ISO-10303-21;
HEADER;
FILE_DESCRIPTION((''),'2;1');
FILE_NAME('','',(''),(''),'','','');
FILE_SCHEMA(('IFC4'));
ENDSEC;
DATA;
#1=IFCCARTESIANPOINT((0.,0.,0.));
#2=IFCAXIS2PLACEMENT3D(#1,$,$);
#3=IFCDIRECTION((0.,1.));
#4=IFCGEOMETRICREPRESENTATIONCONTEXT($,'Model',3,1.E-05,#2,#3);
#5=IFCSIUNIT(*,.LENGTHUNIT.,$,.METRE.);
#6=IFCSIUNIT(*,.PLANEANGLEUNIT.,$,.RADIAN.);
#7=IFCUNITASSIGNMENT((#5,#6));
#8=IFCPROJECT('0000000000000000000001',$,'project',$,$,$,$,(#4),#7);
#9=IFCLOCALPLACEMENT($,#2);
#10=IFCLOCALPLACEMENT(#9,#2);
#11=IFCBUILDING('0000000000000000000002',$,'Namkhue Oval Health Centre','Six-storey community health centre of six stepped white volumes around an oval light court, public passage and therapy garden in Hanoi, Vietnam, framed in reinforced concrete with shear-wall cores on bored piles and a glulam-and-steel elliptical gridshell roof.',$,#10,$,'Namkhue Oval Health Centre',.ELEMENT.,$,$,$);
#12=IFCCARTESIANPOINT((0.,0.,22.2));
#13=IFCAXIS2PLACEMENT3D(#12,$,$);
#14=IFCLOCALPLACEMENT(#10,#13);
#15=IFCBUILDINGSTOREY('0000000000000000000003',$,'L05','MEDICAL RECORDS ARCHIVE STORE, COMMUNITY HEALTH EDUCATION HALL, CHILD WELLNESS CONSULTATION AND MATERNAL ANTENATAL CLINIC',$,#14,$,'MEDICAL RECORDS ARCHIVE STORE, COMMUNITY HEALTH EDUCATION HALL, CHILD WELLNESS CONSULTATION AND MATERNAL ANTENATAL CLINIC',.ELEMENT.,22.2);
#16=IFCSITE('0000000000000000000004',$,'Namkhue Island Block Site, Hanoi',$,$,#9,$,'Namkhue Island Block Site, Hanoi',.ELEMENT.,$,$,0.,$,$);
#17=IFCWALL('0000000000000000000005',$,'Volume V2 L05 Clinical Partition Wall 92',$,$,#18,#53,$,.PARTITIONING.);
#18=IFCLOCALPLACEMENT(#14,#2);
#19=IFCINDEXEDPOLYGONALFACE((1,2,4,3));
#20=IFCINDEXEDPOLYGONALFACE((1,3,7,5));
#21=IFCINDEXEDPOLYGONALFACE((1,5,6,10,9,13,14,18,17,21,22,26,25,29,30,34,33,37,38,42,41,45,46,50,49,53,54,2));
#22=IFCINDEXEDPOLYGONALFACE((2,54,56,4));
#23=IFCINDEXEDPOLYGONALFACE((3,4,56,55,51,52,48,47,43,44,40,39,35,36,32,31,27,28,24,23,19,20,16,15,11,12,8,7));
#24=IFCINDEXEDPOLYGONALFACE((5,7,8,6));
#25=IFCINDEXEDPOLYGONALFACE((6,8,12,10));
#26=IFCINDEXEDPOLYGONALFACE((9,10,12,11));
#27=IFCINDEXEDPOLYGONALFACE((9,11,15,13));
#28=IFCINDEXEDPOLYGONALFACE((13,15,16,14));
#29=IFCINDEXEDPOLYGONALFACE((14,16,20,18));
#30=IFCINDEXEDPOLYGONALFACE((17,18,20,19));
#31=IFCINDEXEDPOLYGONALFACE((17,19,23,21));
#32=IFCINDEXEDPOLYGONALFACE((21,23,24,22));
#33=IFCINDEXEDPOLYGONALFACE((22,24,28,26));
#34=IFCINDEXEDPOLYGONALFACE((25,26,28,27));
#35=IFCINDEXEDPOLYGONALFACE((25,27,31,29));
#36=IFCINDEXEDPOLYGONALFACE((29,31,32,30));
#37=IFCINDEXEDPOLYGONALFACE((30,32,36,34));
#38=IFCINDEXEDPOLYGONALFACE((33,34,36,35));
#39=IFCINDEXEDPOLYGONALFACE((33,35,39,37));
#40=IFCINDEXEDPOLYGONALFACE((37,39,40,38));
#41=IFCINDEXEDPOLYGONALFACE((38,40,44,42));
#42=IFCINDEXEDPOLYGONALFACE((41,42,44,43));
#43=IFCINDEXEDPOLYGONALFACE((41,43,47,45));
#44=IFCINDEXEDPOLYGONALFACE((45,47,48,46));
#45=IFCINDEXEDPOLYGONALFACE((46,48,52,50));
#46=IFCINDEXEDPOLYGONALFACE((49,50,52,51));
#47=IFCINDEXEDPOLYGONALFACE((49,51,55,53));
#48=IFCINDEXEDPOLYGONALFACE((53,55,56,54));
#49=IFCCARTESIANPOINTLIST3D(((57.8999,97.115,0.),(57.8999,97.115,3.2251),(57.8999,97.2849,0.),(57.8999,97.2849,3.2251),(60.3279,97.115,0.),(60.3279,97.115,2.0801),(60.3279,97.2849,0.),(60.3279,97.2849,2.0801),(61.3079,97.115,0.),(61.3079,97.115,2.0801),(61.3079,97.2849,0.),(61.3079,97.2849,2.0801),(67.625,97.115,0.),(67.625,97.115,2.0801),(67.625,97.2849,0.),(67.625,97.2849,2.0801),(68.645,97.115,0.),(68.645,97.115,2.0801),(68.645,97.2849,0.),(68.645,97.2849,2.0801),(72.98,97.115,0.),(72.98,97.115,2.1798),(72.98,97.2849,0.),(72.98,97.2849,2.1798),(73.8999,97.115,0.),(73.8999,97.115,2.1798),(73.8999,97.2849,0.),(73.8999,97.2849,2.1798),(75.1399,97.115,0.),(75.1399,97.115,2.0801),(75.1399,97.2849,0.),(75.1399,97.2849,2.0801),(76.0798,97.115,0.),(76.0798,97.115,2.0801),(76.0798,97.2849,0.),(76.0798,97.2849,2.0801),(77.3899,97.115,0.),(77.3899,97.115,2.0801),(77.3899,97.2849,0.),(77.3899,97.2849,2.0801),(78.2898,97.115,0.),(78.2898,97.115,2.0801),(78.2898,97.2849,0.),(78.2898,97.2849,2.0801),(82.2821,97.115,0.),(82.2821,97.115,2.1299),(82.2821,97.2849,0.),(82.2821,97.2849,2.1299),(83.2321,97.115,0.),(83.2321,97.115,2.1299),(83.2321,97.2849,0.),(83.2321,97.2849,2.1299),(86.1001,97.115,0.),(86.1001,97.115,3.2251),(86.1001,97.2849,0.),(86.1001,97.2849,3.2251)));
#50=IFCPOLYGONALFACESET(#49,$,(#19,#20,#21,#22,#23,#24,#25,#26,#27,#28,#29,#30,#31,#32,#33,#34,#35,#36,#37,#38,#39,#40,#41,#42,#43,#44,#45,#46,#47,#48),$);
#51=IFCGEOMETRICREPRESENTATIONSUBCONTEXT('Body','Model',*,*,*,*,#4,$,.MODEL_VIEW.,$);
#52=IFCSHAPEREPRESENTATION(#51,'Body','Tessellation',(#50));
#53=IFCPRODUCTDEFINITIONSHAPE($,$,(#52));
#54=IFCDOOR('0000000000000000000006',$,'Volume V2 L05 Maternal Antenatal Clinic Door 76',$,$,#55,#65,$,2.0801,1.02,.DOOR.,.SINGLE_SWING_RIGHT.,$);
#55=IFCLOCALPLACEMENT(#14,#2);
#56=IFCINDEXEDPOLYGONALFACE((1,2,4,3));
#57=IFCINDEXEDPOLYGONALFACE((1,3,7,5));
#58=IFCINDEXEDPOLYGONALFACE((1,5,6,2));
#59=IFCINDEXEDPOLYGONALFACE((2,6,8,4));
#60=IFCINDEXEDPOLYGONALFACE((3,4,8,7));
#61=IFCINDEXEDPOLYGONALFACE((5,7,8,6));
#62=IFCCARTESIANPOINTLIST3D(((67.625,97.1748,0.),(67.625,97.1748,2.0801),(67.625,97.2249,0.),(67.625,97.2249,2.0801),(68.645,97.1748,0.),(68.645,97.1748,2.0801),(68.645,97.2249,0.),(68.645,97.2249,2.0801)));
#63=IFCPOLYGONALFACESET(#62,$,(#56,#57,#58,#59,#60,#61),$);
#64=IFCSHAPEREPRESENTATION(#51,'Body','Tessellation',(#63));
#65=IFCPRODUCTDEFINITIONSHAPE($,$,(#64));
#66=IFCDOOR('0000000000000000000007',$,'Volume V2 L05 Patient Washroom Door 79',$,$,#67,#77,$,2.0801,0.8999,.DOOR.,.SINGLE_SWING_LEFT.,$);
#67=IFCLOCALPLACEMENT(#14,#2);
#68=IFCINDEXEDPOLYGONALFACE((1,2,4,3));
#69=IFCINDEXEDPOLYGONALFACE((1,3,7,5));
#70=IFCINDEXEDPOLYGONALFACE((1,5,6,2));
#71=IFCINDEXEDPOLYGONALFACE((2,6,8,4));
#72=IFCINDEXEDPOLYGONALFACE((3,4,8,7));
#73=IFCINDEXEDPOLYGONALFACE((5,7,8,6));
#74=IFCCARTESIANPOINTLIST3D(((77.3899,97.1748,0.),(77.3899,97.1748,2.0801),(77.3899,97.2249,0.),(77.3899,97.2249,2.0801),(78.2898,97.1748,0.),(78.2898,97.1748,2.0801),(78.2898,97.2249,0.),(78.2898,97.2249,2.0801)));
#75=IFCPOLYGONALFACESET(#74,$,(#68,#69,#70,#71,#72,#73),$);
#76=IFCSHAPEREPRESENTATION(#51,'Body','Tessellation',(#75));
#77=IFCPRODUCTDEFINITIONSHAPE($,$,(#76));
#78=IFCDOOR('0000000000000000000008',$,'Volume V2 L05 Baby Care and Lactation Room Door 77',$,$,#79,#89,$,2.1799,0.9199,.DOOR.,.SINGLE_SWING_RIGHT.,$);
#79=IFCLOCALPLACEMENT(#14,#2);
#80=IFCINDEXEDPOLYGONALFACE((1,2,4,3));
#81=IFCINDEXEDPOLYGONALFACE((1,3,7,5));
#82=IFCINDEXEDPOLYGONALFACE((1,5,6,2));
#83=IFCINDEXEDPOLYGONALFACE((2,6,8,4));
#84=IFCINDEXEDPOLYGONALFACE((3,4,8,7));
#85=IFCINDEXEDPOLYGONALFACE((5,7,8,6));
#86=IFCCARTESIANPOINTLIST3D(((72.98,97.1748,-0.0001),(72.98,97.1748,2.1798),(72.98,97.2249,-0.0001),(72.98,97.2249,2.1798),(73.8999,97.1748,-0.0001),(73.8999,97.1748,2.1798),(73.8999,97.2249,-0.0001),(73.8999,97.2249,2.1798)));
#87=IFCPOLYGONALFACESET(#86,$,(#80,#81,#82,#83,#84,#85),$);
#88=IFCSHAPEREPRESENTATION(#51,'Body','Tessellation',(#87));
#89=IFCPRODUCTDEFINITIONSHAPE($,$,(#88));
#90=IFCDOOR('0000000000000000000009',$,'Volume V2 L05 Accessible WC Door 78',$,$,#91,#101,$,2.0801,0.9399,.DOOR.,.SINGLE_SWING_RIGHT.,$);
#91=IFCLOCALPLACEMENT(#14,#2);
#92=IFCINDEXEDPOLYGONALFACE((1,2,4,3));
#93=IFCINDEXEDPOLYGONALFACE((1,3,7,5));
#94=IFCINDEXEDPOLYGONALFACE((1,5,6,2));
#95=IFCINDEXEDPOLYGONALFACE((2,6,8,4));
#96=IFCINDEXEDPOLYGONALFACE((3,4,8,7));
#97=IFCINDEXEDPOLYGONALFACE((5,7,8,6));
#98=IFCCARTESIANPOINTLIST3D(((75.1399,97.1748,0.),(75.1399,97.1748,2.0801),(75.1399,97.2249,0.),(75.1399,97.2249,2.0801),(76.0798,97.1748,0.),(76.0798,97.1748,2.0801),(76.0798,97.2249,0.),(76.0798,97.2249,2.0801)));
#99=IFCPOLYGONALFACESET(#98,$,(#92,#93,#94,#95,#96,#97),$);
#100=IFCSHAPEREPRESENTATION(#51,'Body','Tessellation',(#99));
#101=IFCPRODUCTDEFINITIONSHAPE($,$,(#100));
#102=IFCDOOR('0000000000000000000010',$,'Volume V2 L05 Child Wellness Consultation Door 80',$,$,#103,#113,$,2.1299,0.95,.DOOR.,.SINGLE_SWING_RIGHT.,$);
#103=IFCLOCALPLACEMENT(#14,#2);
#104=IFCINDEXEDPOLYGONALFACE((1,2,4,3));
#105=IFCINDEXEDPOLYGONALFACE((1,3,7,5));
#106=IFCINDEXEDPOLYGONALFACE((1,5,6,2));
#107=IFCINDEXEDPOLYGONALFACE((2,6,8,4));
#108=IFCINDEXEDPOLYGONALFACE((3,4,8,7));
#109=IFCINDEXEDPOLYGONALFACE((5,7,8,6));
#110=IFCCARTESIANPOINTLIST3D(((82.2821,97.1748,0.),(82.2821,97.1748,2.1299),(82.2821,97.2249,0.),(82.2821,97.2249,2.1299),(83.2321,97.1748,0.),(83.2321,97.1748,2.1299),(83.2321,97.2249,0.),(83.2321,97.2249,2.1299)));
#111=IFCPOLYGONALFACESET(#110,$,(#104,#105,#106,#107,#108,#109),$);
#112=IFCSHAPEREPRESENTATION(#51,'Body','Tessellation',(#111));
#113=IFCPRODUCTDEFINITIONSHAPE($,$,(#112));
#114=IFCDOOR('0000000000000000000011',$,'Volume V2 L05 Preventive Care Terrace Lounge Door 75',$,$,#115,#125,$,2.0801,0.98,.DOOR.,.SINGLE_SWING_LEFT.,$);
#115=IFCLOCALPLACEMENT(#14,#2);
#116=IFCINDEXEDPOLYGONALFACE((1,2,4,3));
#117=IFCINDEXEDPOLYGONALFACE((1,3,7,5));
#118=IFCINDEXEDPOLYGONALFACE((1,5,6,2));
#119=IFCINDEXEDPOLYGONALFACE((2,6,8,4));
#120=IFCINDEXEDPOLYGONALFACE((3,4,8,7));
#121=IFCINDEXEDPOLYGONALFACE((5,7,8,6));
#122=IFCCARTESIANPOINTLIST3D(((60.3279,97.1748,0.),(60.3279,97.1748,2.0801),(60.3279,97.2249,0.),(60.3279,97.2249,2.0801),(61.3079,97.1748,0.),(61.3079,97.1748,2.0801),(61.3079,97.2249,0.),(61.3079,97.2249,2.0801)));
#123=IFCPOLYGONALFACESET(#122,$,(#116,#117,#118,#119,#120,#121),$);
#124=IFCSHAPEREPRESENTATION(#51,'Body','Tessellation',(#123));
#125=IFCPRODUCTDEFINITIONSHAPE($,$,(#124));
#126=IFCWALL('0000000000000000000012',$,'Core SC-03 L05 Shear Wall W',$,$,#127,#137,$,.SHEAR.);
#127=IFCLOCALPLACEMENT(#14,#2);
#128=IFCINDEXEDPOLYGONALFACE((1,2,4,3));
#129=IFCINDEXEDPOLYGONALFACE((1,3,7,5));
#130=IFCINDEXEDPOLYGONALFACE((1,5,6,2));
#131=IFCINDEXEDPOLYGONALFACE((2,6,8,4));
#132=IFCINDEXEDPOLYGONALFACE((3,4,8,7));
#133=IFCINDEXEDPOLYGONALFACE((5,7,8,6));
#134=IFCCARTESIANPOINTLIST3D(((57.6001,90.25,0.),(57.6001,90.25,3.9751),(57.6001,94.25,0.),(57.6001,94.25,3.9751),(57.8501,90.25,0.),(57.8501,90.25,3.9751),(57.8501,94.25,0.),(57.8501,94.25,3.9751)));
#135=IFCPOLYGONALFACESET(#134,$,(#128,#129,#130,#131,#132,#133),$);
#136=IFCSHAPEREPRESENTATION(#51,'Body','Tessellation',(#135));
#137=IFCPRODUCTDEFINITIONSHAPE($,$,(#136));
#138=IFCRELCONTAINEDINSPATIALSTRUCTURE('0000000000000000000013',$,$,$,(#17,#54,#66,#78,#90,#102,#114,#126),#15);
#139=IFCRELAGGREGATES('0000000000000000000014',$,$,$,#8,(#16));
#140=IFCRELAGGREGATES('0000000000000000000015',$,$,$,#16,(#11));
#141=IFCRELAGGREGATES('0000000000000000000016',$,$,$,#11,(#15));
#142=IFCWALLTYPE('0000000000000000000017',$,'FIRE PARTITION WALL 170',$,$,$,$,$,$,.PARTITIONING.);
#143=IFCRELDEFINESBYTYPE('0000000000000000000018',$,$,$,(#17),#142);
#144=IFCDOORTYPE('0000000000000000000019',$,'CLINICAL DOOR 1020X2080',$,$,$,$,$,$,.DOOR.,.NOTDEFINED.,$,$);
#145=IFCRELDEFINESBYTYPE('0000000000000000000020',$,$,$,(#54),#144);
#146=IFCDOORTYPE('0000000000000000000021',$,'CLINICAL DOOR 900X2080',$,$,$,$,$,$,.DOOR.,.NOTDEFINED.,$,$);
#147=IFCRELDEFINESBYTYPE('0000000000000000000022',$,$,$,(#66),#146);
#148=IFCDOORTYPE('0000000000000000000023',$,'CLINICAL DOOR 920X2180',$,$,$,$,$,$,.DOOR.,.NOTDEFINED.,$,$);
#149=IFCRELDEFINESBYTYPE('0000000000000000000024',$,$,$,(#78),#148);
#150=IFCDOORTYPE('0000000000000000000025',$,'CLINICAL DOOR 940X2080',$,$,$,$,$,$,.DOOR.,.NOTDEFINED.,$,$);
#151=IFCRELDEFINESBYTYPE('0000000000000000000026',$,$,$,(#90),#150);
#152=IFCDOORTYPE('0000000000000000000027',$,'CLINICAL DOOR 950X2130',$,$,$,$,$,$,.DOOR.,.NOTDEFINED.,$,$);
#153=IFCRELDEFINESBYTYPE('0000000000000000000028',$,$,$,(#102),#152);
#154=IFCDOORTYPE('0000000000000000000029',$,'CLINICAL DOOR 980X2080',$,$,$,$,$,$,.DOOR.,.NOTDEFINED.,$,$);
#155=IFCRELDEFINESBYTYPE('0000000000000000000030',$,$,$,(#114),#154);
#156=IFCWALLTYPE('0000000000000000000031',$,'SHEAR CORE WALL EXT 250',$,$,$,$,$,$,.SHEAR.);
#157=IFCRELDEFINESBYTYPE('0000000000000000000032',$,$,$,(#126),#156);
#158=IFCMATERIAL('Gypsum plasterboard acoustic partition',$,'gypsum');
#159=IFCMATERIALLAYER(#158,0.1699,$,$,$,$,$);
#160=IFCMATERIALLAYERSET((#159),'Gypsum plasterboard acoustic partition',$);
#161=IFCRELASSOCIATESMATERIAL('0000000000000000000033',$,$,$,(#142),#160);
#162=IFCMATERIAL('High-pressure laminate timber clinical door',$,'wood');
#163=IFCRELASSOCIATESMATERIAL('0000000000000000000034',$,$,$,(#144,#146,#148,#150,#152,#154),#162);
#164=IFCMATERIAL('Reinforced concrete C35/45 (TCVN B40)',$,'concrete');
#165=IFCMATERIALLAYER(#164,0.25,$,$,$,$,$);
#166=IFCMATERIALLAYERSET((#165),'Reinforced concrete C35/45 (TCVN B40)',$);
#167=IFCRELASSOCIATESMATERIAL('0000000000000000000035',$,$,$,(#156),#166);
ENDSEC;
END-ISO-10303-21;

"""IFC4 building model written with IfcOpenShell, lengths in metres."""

from ifc_helpers import new_model, si_unit, direction, frame, frame_2d, origin, place, context, subcontext, project, spatial, rectangle, extrude, material, layer, layer_set, type_object, element, fill, save


model = new_model("IFC4")

# Units and contexts
model_context = context("Model", 3, precision=1e-05, world=origin(), true_north=direction((0.0, 1.0)))
body_context = subcontext(model_context, "Body", "Model", "MODEL_VIEW")
ifc_project = project(units=[si_unit("LENGTHUNIT", "METRE"), si_unit("PLANEANGLEUNIT", "RADIAN")], contexts=[model_context])

# Site, building, storey
site_placement = place(None, origin())
site = spatial("IfcSite", under=ifc_project, at=site_placement, Name="Namkhue Island Block Site, Hanoi", LongName="Namkhue Island Block Site, Hanoi", CompositionType="ELEMENT", RefElevation=0.0)
building_placement = place(site_placement, origin())
building = spatial("IfcBuilding", under=site, at=building_placement, Name="Namkhue Oval Health Centre", Description="Six-storey community health centre of six stepped white volumes around an oval light court, public passage and therapy garden in Hanoi, Vietnam, framed in reinforced concrete with shear-wall cores on bored piles and a glulam-and-steel elliptical gridshell roof.", LongName="Namkhue Oval Health Centre", CompositionType="ELEMENT")
storey_placement = place(building_placement, frame((0.0, 0.0, 22.2)))
storey = spatial("IfcBuildingStorey", under=building, at=storey_placement, Name="L05", Description="MEDICAL RECORDS ARCHIVE STORE, COMMUNITY HEALTH EDUCATION HALL, CHILD WELLNESS CONSULTATION AND MATERNAL ANTENATAL CLINIC", LongName="MEDICAL RECORDS ARCHIVE STORE, COMMUNITY HEALTH EDUCATION HALL, CHILD WELLNESS CONSULTATION AND MATERNAL ANTENATAL CLINIC", CompositionType="ELEMENT", Elevation=22.2)

# Shared definitions
ifc_material_1 = material(Name="Reinforced concrete C35/45 (TCVN B40)", Category="concrete")

# Wall, openings, doors
ifc_material_2 = material(Name="Gypsum plasterboard acoustic partition", Category="gypsum")
ifc_layer_1 = layer(ifc_material_2, 0.1699)
ifc_layer_set_1 = layer_set([ifc_layer_1], Name="Gypsum plasterboard acoustic partition")
wall_type_1 = type_object("IfcWallType", Name="FIRE PARTITION WALL 170", PredefinedType="PARTITIONING", material=ifc_layer_set_1)
wall_1_placement = place(storey_placement, frame((57.8999, 97.2, 0.0), z_axis=(0.0, 0.0, 1.0), x_axis=(1.0, 0.0, 0.0)))
wall_1 = element("IfcWall", 1, at=wall_1_placement, inside=storey, type_object=wall_type_1, Name="Volume V2 L05 Clinical Partition Wall 92", PredefinedType="PARTITIONING", context=body_context, shape_type="SweptSolid", body=[
    extrude(rectangle(XDim=28.2002, YDim=0.1699, at=frame_2d((14.1001, 0.0))), origin(), (0.0, 0.0, 1.0), 3.2251),
])
opening_1_placement = place(wall_1_placement, frame((2.428, 0.0, 0.0)))
opening_1 = element("IfcOpeningElement", 2, at=opening_1_placement, cuts=wall_1, PredefinedType="OPENING", context=body_context, shape_type="SweptSolid", body=[
    extrude(rectangle(XDim=0.98, YDim=2.0801, at=frame_2d((0.49, 1.04))), frame((0.0, 0.095, 0.0), z_axis=(0.0, -1.0, 0.0), x_axis=(1.0, 0.0, 0.0)), (0.0, 0.0, 1.0), 0.1899),
])
opening_2_placement = place(wall_1_placement, frame((9.7251, 0.0, 0.0)))
opening_2 = element("IfcOpeningElement", 3, at=opening_2_placement, cuts=wall_1, PredefinedType="OPENING", context=body_context, shape_type="SweptSolid", body=[
    extrude(rectangle(XDim=1.02, YDim=2.0801, at=frame_2d((0.51, 1.04))), frame((0.0, 0.095, 0.0), z_axis=(0.0, -1.0, 0.0), x_axis=(1.0, 0.0, 0.0)), (0.0, 0.0, 1.0), 0.1899),
])
opening_3_placement = place(wall_1_placement, frame((15.0801, 0.0, 0.0)))
opening_3 = element("IfcOpeningElement", 4, at=opening_3_placement, cuts=wall_1, PredefinedType="OPENING", context=body_context, shape_type="SweptSolid", body=[
    extrude(rectangle(XDim=0.9199, YDim=2.1799, at=frame_2d((0.46, 1.0898))), frame((0.0, 0.095, 0.0), z_axis=(0.0, -1.0, 0.0), x_axis=(1.0, 0.0, 0.0)), (0.0, 0.0, 1.0), 0.1899),
])
opening_4_placement = place(wall_1_placement, frame((17.24, 0.0, 0.0)))
opening_4 = element("IfcOpeningElement", 5, at=opening_4_placement, cuts=wall_1, PredefinedType="OPENING", context=body_context, shape_type="SweptSolid", body=[
    extrude(rectangle(XDim=0.9399, YDim=2.0801, at=frame_2d((0.47, 1.04))), frame((0.0, 0.095, 0.0), z_axis=(0.0, -1.0, 0.0), x_axis=(1.0, 0.0, 0.0)), (0.0, 0.0, 1.0), 0.1899),
])
opening_5_placement = place(wall_1_placement, frame((19.49, 0.0, 0.0)))
opening_5 = element("IfcOpeningElement", 6, at=opening_5_placement, cuts=wall_1, PredefinedType="OPENING", context=body_context, shape_type="SweptSolid", body=[
    extrude(rectangle(XDim=0.8999, YDim=2.0801, at=frame_2d((0.45, 1.04))), frame((0.0, 0.095, 0.0), z_axis=(0.0, -1.0, 0.0), x_axis=(1.0, 0.0, 0.0)), (0.0, 0.0, 1.0), 0.1899),
])
opening_6_placement = place(wall_1_placement, frame((24.3821, 0.0, 0.0)))
opening_6 = element("IfcOpeningElement", 7, at=opening_6_placement, cuts=wall_1, PredefinedType="OPENING", context=body_context, shape_type="SweptSolid", body=[
    extrude(rectangle(XDim=0.95, YDim=2.1299, at=frame_2d((0.4751, 1.0649))), frame((0.0, 0.095, 0.0), z_axis=(0.0, -1.0, 0.0), x_axis=(1.0, 0.0, 0.0)), (0.0, 0.0, 1.0), 0.1899),
])
ifc_material_3 = material(Name="High-pressure laminate timber clinical door", Category="wood")
door_type_1 = type_object("IfcDoorType", Name="CLINICAL DOOR 1020X2080", OperationType="NOTDEFINED", PredefinedType="DOOR", material=ifc_material_3)
door_1_placement = place(opening_2_placement, origin())
door_1 = element("IfcDoor", 8, at=door_1_placement, inside=storey, type_object=door_type_1, Name="Volume V2 L05 Maternal Antenatal Clinic Door 76", OperationType="SINGLE_SWING_RIGHT", OverallHeight=2.0801, OverallWidth=1.02, PredefinedType="DOOR", context=body_context, shape_type="SweptSolid", body=[
    extrude(rectangle(XDim=1.02, YDim=2.0801, at=frame_2d((0.51, 1.04))), frame((0.0, 0.0249, 0.0), z_axis=(0.0, -1.0, 0.0), x_axis=(1.0, 0.0, 0.0)), (0.0, 0.0, 1.0), 0.05),
])
fill(opening_2, door_1)
door_type_2 = type_object("IfcDoorType", Name="CLINICAL DOOR 900X2080", OperationType="NOTDEFINED", PredefinedType="DOOR", material=ifc_material_3)
door_2_placement = place(opening_5_placement, origin())
door_2 = element("IfcDoor", 9, at=door_2_placement, inside=storey, type_object=door_type_2, Name="Volume V2 L05 Patient Washroom Door 79", OperationType="SINGLE_SWING_LEFT", OverallHeight=2.0801, OverallWidth=0.8999, PredefinedType="DOOR", context=body_context, shape_type="SweptSolid", body=[
    extrude(rectangle(XDim=0.8999, YDim=2.0801, at=frame_2d((0.45, 1.04))), frame((0.0, 0.0249, 0.0), z_axis=(0.0, -1.0, 0.0), x_axis=(1.0, 0.0, 0.0)), (0.0, 0.0, 1.0), 0.05),
])
fill(opening_5, door_2)
door_type_3 = type_object("IfcDoorType", Name="CLINICAL DOOR 920X2180", OperationType="NOTDEFINED", PredefinedType="DOOR", material=ifc_material_3)
door_3_placement = place(opening_3_placement, origin())
door_3 = element("IfcDoor", 10, at=door_3_placement, inside=storey, type_object=door_type_3, Name="Volume V2 L05 Baby Care and Lactation Room Door 77", OperationType="SINGLE_SWING_RIGHT", OverallHeight=2.1799, OverallWidth=0.9199, PredefinedType="DOOR", context=body_context, shape_type="SweptSolid", body=[
    extrude(rectangle(XDim=0.9199, YDim=2.1799, at=frame_2d((0.46, 1.0898))), frame((0.0, 0.0249, 0.0), z_axis=(0.0, -1.0, 0.0), x_axis=(1.0, 0.0, 0.0)), (0.0, 0.0, 1.0), 0.05),
])
fill(opening_3, door_3)
door_type_4 = type_object("IfcDoorType", Name="CLINICAL DOOR 940X2080", OperationType="NOTDEFINED", PredefinedType="DOOR", material=ifc_material_3)
door_4_placement = place(opening_4_placement, origin())
door_4 = element("IfcDoor", 11, at=door_4_placement, inside=storey, type_object=door_type_4, Name="Volume V2 L05 Accessible WC Door 78", OperationType="SINGLE_SWING_RIGHT", OverallHeight=2.0801, OverallWidth=0.9399, PredefinedType="DOOR", context=body_context, shape_type="SweptSolid", body=[
    extrude(rectangle(XDim=0.9399, YDim=2.0801, at=frame_2d((0.47, 1.04))), frame((0.0, 0.0249, 0.0), z_axis=(0.0, -1.0, 0.0), x_axis=(1.0, 0.0, 0.0)), (0.0, 0.0, 1.0), 0.05),
])
fill(opening_4, door_4)
door_type_5 = type_object("IfcDoorType", Name="CLINICAL DOOR 950X2130", OperationType="NOTDEFINED", PredefinedType="DOOR", material=ifc_material_3)
door_5_placement = place(opening_6_placement, origin())
door_5 = element("IfcDoor", 12, at=door_5_placement, inside=storey, type_object=door_type_5, Name="Volume V2 L05 Child Wellness Consultation Door 80", OperationType="SINGLE_SWING_RIGHT", OverallHeight=2.1299, OverallWidth=0.95, PredefinedType="DOOR", context=body_context, shape_type="SweptSolid", body=[
    extrude(rectangle(XDim=0.95, YDim=2.1299, at=frame_2d((0.4751, 1.0649))), frame((0.0, 0.0249, 0.0), z_axis=(0.0, -1.0, 0.0), x_axis=(1.0, 0.0, 0.0)), (0.0, 0.0, 1.0), 0.05),
])
fill(opening_6, door_5)
door_type_6 = type_object("IfcDoorType", Name="CLINICAL DOOR 980X2080", OperationType="NOTDEFINED", PredefinedType="DOOR", material=ifc_material_3)
door_6_placement = place(opening_1_placement, origin())
door_6 = element("IfcDoor", 13, at=door_6_placement, inside=storey, type_object=door_type_6, Name="Volume V2 L05 Preventive Care Terrace Lounge Door 75", OperationType="SINGLE_SWING_LEFT", OverallHeight=2.0801, OverallWidth=0.98, PredefinedType="DOOR", context=body_context, shape_type="SweptSolid", body=[
    extrude(rectangle(XDim=0.98, YDim=2.0801, at=frame_2d((0.49, 1.04))), frame((0.0, 0.0249, 0.0), z_axis=(0.0, -1.0, 0.0), x_axis=(1.0, 0.0, 0.0)), (0.0, 0.0, 1.0), 0.05),
])
fill(opening_1, door_6)

# Wall
ifc_layer_2 = layer(ifc_material_1, 0.25)
ifc_layer_set_2 = layer_set([ifc_layer_2], Name="Reinforced concrete C35/45 (TCVN B40)")
wall_type_2 = type_object("IfcWallType", Name="SHEAR CORE WALL EXT 250", PredefinedType="SHEAR", material=ifc_layer_set_2)
wall_2_placement = place(storey_placement, frame((57.7251, 94.25, 0.0), z_axis=(0.0, 0.0, 1.0), x_axis=(0.0, -1.0, 0.0)))
element("IfcWall", 14, at=wall_2_placement, inside=storey, type_object=wall_type_2, Name="Core SC-03 L05 Shear Wall W", PredefinedType="SHEAR", context=body_context, shape_type="SweptSolid", body=[
    extrude(rectangle(XDim=4.0, YDim=0.25, at=frame_2d((2.0, 0.0))), origin(), (0.0, 0.0, 1.0), 3.9751),
])

save(model, "model.ifc")
